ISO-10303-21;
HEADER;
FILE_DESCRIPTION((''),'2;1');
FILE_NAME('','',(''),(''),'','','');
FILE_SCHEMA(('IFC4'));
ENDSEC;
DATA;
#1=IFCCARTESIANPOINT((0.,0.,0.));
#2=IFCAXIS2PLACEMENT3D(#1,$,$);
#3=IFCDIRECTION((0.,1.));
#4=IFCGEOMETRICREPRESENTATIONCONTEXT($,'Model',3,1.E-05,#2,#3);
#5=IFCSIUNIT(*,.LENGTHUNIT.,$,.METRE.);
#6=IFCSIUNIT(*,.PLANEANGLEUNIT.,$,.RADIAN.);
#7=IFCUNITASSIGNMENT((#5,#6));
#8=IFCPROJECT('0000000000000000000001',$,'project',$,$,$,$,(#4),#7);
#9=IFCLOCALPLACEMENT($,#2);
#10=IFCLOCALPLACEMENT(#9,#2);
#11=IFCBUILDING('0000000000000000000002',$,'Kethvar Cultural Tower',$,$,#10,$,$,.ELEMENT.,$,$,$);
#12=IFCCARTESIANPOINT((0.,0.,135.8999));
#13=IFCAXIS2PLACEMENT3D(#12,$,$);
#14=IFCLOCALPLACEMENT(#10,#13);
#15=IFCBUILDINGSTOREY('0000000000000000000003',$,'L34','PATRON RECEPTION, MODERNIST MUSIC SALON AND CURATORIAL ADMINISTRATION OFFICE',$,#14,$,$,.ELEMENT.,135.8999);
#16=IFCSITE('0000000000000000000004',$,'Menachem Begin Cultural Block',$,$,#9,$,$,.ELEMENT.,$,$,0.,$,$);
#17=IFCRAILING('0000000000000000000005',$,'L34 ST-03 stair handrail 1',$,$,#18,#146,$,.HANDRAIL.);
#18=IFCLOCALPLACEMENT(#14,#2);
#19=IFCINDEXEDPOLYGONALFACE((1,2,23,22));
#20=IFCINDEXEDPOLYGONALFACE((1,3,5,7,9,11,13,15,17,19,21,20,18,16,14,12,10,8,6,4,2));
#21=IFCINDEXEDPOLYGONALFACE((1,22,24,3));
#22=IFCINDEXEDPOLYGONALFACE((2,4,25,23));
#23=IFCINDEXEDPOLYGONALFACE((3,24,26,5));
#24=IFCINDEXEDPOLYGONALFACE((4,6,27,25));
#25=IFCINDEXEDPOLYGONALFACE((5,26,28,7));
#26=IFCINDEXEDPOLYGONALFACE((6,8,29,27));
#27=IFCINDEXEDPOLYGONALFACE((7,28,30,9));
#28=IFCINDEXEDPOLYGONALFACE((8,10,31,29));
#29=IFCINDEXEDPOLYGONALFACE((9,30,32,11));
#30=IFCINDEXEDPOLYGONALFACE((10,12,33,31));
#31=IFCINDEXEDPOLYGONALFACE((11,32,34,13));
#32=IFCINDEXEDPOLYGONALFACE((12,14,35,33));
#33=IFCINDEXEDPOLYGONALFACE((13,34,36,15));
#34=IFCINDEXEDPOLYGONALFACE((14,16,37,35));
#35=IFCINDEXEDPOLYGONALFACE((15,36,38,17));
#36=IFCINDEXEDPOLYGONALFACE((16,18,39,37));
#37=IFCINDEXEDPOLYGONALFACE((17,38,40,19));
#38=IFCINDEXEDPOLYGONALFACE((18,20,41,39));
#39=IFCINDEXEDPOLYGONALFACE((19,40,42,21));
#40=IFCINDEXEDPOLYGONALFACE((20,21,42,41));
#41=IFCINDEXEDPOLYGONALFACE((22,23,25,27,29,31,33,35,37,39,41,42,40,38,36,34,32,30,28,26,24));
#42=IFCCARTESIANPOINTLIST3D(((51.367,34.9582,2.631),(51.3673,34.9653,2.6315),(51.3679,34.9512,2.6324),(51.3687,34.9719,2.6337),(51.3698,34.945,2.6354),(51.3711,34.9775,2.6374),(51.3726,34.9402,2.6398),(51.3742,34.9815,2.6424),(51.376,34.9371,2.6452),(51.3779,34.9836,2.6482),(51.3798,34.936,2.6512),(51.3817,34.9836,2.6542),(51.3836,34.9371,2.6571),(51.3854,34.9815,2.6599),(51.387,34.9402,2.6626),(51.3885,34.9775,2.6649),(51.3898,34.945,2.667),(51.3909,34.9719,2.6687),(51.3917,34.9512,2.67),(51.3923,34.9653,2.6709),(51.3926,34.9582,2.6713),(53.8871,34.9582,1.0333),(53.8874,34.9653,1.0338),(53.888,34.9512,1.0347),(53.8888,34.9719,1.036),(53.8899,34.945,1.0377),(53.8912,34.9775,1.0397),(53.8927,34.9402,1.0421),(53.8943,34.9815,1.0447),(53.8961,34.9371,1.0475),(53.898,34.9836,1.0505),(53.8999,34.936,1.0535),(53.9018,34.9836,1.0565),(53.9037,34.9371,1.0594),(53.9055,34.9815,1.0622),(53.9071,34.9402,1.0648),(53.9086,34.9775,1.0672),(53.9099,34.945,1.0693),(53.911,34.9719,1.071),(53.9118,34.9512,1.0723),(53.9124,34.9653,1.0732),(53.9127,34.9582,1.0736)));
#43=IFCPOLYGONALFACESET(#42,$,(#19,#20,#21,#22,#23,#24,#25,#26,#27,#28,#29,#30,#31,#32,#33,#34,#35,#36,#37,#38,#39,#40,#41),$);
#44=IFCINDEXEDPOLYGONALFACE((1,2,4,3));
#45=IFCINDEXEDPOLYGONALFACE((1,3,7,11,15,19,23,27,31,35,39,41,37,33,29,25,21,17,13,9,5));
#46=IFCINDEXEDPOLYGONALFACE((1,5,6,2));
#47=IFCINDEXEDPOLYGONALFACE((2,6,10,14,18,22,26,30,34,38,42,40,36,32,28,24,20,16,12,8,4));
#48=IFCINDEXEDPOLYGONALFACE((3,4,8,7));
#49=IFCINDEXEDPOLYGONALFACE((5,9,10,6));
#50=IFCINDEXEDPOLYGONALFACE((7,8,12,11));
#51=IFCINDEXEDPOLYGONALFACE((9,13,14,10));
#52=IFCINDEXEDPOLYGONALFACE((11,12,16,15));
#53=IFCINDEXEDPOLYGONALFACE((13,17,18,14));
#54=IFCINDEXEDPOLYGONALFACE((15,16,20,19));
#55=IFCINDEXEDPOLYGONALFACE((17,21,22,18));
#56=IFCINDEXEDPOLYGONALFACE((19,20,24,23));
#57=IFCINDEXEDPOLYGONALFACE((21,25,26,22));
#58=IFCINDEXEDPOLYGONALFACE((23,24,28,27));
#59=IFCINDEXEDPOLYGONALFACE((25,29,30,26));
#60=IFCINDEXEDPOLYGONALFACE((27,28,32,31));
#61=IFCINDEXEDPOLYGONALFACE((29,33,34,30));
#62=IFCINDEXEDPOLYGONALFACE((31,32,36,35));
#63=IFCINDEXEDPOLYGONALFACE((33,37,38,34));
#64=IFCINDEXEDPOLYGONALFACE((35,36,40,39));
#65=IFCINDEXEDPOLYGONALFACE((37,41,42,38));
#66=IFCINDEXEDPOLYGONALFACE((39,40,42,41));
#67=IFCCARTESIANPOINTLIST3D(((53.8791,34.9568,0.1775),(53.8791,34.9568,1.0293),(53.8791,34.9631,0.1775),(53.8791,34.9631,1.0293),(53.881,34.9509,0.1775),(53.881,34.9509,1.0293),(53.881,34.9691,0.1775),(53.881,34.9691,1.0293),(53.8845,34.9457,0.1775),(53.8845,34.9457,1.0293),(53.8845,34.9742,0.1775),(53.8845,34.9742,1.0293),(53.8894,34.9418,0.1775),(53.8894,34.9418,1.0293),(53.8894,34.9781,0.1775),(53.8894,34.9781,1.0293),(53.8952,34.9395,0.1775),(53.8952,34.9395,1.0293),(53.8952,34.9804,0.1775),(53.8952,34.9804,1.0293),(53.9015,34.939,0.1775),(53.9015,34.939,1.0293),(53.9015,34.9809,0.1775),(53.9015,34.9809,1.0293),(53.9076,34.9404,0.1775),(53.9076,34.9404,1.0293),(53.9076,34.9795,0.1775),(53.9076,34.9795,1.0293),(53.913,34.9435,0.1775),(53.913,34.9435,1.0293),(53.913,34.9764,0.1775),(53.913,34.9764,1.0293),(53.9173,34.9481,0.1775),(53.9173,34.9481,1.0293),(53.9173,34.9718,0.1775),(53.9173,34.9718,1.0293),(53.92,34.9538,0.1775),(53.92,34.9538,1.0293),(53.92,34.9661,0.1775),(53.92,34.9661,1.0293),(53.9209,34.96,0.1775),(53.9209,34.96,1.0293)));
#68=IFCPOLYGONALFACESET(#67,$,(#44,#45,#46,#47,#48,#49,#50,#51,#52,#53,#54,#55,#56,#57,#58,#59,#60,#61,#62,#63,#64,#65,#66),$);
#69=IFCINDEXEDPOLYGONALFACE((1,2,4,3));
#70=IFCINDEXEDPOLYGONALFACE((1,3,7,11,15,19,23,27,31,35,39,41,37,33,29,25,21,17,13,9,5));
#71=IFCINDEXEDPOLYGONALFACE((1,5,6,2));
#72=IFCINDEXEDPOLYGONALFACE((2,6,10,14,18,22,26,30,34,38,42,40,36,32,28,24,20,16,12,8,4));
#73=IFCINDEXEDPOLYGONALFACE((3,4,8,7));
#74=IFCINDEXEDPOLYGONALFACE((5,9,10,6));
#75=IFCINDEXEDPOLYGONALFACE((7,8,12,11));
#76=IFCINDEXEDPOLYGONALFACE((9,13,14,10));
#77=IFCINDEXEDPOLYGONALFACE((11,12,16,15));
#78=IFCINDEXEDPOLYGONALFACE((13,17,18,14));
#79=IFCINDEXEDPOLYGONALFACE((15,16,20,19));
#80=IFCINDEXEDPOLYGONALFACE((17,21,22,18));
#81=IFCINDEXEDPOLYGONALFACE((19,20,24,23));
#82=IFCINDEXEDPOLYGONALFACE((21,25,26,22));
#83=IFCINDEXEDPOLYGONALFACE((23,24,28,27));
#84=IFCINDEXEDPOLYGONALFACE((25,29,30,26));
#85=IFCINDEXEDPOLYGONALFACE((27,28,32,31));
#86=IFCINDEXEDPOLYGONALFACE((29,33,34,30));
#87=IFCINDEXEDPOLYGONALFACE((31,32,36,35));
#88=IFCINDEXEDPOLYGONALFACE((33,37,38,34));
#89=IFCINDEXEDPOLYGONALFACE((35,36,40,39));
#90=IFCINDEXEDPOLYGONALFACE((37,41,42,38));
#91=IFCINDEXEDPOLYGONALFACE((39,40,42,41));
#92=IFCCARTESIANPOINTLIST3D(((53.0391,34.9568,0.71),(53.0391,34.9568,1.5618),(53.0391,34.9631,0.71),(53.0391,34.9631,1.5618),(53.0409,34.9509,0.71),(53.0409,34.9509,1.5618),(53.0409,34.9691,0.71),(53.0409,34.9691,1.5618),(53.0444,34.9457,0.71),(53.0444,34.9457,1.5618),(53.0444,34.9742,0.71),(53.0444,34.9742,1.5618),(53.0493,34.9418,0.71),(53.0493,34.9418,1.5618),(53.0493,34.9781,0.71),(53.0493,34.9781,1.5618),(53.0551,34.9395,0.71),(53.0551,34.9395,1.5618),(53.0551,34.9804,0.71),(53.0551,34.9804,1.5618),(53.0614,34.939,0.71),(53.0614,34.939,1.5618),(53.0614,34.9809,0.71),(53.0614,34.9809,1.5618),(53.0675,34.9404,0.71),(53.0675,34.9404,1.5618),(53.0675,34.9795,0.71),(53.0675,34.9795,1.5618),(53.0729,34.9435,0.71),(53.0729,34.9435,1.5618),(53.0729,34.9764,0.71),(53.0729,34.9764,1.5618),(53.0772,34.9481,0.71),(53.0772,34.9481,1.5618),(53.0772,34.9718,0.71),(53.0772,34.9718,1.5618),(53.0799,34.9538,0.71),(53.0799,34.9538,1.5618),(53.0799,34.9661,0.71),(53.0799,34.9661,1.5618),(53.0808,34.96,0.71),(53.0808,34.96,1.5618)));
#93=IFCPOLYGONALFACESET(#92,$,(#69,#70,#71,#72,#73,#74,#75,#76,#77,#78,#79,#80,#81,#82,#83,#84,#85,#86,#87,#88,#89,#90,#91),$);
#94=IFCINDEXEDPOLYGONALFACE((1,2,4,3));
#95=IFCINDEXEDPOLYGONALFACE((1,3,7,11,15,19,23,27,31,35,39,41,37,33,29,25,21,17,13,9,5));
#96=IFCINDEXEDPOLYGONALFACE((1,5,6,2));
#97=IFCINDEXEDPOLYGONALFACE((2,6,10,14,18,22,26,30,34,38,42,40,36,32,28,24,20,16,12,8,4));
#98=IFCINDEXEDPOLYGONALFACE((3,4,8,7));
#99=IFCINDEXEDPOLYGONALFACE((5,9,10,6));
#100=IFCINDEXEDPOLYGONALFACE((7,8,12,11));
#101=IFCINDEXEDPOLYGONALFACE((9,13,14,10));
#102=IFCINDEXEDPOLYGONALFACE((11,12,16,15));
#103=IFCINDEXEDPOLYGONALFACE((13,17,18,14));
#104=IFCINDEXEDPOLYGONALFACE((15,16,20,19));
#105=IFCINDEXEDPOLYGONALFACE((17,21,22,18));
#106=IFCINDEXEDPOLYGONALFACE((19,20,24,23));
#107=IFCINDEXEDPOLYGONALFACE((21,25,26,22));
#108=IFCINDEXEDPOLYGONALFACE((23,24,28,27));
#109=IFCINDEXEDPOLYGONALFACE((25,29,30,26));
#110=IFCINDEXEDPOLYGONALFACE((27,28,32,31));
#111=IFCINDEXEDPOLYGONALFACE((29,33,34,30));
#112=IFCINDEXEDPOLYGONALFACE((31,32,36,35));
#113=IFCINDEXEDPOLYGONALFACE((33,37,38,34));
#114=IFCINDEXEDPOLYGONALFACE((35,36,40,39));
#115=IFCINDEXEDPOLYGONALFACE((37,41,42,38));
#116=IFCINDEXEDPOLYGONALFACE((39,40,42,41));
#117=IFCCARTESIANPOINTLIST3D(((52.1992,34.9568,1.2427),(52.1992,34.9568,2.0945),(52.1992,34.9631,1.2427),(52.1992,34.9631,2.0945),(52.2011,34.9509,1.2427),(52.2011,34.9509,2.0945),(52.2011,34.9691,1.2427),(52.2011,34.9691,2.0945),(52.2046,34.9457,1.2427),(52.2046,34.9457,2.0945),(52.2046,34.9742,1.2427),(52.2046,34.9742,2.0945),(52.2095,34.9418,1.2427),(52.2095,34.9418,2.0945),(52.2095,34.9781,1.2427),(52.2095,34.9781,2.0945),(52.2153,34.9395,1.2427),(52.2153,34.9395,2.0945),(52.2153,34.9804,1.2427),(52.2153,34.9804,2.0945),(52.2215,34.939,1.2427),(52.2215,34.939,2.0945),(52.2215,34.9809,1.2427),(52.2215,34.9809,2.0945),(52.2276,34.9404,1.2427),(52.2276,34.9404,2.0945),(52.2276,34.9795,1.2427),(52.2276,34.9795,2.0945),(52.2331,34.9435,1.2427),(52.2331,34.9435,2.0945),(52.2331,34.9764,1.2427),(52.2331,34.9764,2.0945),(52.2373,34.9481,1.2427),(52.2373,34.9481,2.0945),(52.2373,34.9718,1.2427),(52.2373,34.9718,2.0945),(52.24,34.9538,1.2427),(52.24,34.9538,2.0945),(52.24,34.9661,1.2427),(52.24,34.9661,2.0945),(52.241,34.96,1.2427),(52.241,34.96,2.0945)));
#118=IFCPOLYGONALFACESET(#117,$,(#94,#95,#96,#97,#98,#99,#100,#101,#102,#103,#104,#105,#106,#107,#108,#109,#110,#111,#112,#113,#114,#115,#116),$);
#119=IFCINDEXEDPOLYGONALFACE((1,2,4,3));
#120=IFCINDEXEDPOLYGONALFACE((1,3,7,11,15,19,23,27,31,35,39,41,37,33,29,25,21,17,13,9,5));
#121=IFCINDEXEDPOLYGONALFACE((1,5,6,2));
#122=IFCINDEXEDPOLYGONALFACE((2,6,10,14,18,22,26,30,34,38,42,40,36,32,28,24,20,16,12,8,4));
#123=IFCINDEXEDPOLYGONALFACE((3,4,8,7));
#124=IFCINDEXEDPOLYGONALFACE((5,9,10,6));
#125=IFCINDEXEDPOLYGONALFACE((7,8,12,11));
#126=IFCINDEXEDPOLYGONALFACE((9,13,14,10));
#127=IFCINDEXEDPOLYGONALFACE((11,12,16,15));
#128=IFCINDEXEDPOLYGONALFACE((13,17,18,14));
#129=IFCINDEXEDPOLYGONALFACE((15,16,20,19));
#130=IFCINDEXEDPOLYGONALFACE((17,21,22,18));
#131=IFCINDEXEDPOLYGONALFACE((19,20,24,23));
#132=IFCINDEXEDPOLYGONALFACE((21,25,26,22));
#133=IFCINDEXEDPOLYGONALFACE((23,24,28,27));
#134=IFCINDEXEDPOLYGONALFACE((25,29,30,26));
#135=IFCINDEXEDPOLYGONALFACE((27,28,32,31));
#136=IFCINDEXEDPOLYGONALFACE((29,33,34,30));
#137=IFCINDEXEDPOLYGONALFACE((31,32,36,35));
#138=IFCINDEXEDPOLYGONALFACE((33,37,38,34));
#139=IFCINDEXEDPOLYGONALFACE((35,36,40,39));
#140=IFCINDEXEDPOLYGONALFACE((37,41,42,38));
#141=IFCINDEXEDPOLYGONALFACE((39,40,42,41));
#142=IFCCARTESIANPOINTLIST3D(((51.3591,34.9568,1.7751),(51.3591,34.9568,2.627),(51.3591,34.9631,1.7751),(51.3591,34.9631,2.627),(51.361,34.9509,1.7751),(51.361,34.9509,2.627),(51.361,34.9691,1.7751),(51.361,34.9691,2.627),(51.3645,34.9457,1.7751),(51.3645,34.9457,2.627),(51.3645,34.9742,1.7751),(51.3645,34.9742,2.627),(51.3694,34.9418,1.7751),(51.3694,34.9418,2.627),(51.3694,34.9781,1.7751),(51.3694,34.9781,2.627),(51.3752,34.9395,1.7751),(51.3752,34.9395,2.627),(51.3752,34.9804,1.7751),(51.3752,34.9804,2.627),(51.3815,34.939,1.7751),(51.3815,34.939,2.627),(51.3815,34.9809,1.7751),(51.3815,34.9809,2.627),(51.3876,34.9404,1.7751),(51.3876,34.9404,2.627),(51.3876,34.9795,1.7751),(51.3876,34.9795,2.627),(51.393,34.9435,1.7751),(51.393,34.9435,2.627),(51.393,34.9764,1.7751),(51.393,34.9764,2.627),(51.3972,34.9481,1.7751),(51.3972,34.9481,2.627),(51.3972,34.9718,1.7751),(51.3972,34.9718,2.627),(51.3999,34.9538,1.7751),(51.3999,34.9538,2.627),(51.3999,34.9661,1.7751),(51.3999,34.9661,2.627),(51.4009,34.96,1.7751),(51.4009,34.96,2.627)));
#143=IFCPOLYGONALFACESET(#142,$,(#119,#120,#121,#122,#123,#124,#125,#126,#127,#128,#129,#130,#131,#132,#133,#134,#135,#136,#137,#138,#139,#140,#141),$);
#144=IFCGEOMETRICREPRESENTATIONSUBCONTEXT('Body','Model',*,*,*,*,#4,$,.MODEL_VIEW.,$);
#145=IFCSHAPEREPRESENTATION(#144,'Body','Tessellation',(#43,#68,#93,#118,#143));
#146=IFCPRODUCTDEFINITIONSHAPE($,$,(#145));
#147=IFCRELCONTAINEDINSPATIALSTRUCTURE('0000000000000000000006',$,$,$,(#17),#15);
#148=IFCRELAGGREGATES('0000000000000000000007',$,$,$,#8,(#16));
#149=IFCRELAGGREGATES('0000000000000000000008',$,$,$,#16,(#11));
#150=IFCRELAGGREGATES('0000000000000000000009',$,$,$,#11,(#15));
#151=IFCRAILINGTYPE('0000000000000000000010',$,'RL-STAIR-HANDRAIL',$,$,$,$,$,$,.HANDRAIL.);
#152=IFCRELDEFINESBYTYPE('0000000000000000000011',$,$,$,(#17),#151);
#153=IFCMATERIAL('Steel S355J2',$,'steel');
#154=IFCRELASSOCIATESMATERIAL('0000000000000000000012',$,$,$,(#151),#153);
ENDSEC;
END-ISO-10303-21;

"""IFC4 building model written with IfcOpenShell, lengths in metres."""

from ifc_helpers import new_model, si_unit, direction, frame, origin, origin_2d, place, context, subcontext, project, spatial, circle, extrude, material, type_object, element, save


model = new_model("IFC4")

# Units and contexts
model_context = context("Model", 3, precision=1e-05, world=origin(), true_north=direction((0.0, 1.0)))
body_context = subcontext(model_context, "Body", "Model", "MODEL_VIEW")
ifc_project = project(units=[si_unit("LENGTHUNIT", "METRE"), si_unit("PLANEANGLEUNIT", "RADIAN")], contexts=[model_context])

# Site, building, storey
site_placement = place(None, origin())
site = spatial("IfcSite", under=ifc_project, at=site_placement, Name="Menachem Begin Cultural Block", CompositionType="ELEMENT", RefElevation=0.0)
building_placement = place(site_placement, origin())
building = spatial("IfcBuilding", under=site, at=building_placement, Name="Kethvar Cultural Tower", CompositionType="ELEMENT")
storey_placement = place(building_placement, frame((0.0, 0.0, 135.8999)))
storey = spatial("IfcBuildingStorey", under=building, at=storey_placement, Name="L34", Description="PATRON RECEPTION, MODERNIST MUSIC SALON AND CURATORIAL ADMINISTRATION OFFICE", CompositionType="ELEMENT", Elevation=135.8999)

# Shared definitions
ifc_material_1 = material(Name="Steel S355J2", Category="steel")

# Railing
railing_type_1 = type_object("IfcRailingType", Name="RL-STAIR-HANDRAIL", PredefinedType="HANDRAIL", material=ifc_material_1)
railing_1_placement = place(storey_placement, frame((53.8999, 34.96, 0.1775)))
element("IfcRailing", 1, at=railing_1_placement, inside=storey, type_object=railing_type_1, Name="L34 ST-03 stair handrail 1", PredefinedType="HANDRAIL", context=body_context, shape_type="SweptSolid", body=[
    extrude(circle(Radius=0.0239, at=origin_2d()), frame((0.0, 0.0, 0.876), z_axis=(-0.84457, 0.0, 0.535445), x_axis=(0.0, -1.0, 0.0)), (0.0, 0.0, 1.0), 2.9839),
    extrude(circle(Radius=0.021, at=origin_2d()), origin(), (0.0, 0.0, 1.0), 0.8518),
    extrude(circle(Radius=0.021, at=origin_2d()), frame((-0.8401, 0.0, 0.5325)), (0.0, 0.0, 1.0), 0.8518),
    extrude(circle(Radius=0.021, at=origin_2d()), frame((-1.6799, 0.0, 1.0652)), (0.0, 0.0, 1.0), 0.8518),
    extrude(circle(Radius=0.021, at=origin_2d()), frame((-2.52, 0.0, 1.5977)), (0.0, 0.0, 1.0), 0.8518),
])

save(model, "model.ifc")
